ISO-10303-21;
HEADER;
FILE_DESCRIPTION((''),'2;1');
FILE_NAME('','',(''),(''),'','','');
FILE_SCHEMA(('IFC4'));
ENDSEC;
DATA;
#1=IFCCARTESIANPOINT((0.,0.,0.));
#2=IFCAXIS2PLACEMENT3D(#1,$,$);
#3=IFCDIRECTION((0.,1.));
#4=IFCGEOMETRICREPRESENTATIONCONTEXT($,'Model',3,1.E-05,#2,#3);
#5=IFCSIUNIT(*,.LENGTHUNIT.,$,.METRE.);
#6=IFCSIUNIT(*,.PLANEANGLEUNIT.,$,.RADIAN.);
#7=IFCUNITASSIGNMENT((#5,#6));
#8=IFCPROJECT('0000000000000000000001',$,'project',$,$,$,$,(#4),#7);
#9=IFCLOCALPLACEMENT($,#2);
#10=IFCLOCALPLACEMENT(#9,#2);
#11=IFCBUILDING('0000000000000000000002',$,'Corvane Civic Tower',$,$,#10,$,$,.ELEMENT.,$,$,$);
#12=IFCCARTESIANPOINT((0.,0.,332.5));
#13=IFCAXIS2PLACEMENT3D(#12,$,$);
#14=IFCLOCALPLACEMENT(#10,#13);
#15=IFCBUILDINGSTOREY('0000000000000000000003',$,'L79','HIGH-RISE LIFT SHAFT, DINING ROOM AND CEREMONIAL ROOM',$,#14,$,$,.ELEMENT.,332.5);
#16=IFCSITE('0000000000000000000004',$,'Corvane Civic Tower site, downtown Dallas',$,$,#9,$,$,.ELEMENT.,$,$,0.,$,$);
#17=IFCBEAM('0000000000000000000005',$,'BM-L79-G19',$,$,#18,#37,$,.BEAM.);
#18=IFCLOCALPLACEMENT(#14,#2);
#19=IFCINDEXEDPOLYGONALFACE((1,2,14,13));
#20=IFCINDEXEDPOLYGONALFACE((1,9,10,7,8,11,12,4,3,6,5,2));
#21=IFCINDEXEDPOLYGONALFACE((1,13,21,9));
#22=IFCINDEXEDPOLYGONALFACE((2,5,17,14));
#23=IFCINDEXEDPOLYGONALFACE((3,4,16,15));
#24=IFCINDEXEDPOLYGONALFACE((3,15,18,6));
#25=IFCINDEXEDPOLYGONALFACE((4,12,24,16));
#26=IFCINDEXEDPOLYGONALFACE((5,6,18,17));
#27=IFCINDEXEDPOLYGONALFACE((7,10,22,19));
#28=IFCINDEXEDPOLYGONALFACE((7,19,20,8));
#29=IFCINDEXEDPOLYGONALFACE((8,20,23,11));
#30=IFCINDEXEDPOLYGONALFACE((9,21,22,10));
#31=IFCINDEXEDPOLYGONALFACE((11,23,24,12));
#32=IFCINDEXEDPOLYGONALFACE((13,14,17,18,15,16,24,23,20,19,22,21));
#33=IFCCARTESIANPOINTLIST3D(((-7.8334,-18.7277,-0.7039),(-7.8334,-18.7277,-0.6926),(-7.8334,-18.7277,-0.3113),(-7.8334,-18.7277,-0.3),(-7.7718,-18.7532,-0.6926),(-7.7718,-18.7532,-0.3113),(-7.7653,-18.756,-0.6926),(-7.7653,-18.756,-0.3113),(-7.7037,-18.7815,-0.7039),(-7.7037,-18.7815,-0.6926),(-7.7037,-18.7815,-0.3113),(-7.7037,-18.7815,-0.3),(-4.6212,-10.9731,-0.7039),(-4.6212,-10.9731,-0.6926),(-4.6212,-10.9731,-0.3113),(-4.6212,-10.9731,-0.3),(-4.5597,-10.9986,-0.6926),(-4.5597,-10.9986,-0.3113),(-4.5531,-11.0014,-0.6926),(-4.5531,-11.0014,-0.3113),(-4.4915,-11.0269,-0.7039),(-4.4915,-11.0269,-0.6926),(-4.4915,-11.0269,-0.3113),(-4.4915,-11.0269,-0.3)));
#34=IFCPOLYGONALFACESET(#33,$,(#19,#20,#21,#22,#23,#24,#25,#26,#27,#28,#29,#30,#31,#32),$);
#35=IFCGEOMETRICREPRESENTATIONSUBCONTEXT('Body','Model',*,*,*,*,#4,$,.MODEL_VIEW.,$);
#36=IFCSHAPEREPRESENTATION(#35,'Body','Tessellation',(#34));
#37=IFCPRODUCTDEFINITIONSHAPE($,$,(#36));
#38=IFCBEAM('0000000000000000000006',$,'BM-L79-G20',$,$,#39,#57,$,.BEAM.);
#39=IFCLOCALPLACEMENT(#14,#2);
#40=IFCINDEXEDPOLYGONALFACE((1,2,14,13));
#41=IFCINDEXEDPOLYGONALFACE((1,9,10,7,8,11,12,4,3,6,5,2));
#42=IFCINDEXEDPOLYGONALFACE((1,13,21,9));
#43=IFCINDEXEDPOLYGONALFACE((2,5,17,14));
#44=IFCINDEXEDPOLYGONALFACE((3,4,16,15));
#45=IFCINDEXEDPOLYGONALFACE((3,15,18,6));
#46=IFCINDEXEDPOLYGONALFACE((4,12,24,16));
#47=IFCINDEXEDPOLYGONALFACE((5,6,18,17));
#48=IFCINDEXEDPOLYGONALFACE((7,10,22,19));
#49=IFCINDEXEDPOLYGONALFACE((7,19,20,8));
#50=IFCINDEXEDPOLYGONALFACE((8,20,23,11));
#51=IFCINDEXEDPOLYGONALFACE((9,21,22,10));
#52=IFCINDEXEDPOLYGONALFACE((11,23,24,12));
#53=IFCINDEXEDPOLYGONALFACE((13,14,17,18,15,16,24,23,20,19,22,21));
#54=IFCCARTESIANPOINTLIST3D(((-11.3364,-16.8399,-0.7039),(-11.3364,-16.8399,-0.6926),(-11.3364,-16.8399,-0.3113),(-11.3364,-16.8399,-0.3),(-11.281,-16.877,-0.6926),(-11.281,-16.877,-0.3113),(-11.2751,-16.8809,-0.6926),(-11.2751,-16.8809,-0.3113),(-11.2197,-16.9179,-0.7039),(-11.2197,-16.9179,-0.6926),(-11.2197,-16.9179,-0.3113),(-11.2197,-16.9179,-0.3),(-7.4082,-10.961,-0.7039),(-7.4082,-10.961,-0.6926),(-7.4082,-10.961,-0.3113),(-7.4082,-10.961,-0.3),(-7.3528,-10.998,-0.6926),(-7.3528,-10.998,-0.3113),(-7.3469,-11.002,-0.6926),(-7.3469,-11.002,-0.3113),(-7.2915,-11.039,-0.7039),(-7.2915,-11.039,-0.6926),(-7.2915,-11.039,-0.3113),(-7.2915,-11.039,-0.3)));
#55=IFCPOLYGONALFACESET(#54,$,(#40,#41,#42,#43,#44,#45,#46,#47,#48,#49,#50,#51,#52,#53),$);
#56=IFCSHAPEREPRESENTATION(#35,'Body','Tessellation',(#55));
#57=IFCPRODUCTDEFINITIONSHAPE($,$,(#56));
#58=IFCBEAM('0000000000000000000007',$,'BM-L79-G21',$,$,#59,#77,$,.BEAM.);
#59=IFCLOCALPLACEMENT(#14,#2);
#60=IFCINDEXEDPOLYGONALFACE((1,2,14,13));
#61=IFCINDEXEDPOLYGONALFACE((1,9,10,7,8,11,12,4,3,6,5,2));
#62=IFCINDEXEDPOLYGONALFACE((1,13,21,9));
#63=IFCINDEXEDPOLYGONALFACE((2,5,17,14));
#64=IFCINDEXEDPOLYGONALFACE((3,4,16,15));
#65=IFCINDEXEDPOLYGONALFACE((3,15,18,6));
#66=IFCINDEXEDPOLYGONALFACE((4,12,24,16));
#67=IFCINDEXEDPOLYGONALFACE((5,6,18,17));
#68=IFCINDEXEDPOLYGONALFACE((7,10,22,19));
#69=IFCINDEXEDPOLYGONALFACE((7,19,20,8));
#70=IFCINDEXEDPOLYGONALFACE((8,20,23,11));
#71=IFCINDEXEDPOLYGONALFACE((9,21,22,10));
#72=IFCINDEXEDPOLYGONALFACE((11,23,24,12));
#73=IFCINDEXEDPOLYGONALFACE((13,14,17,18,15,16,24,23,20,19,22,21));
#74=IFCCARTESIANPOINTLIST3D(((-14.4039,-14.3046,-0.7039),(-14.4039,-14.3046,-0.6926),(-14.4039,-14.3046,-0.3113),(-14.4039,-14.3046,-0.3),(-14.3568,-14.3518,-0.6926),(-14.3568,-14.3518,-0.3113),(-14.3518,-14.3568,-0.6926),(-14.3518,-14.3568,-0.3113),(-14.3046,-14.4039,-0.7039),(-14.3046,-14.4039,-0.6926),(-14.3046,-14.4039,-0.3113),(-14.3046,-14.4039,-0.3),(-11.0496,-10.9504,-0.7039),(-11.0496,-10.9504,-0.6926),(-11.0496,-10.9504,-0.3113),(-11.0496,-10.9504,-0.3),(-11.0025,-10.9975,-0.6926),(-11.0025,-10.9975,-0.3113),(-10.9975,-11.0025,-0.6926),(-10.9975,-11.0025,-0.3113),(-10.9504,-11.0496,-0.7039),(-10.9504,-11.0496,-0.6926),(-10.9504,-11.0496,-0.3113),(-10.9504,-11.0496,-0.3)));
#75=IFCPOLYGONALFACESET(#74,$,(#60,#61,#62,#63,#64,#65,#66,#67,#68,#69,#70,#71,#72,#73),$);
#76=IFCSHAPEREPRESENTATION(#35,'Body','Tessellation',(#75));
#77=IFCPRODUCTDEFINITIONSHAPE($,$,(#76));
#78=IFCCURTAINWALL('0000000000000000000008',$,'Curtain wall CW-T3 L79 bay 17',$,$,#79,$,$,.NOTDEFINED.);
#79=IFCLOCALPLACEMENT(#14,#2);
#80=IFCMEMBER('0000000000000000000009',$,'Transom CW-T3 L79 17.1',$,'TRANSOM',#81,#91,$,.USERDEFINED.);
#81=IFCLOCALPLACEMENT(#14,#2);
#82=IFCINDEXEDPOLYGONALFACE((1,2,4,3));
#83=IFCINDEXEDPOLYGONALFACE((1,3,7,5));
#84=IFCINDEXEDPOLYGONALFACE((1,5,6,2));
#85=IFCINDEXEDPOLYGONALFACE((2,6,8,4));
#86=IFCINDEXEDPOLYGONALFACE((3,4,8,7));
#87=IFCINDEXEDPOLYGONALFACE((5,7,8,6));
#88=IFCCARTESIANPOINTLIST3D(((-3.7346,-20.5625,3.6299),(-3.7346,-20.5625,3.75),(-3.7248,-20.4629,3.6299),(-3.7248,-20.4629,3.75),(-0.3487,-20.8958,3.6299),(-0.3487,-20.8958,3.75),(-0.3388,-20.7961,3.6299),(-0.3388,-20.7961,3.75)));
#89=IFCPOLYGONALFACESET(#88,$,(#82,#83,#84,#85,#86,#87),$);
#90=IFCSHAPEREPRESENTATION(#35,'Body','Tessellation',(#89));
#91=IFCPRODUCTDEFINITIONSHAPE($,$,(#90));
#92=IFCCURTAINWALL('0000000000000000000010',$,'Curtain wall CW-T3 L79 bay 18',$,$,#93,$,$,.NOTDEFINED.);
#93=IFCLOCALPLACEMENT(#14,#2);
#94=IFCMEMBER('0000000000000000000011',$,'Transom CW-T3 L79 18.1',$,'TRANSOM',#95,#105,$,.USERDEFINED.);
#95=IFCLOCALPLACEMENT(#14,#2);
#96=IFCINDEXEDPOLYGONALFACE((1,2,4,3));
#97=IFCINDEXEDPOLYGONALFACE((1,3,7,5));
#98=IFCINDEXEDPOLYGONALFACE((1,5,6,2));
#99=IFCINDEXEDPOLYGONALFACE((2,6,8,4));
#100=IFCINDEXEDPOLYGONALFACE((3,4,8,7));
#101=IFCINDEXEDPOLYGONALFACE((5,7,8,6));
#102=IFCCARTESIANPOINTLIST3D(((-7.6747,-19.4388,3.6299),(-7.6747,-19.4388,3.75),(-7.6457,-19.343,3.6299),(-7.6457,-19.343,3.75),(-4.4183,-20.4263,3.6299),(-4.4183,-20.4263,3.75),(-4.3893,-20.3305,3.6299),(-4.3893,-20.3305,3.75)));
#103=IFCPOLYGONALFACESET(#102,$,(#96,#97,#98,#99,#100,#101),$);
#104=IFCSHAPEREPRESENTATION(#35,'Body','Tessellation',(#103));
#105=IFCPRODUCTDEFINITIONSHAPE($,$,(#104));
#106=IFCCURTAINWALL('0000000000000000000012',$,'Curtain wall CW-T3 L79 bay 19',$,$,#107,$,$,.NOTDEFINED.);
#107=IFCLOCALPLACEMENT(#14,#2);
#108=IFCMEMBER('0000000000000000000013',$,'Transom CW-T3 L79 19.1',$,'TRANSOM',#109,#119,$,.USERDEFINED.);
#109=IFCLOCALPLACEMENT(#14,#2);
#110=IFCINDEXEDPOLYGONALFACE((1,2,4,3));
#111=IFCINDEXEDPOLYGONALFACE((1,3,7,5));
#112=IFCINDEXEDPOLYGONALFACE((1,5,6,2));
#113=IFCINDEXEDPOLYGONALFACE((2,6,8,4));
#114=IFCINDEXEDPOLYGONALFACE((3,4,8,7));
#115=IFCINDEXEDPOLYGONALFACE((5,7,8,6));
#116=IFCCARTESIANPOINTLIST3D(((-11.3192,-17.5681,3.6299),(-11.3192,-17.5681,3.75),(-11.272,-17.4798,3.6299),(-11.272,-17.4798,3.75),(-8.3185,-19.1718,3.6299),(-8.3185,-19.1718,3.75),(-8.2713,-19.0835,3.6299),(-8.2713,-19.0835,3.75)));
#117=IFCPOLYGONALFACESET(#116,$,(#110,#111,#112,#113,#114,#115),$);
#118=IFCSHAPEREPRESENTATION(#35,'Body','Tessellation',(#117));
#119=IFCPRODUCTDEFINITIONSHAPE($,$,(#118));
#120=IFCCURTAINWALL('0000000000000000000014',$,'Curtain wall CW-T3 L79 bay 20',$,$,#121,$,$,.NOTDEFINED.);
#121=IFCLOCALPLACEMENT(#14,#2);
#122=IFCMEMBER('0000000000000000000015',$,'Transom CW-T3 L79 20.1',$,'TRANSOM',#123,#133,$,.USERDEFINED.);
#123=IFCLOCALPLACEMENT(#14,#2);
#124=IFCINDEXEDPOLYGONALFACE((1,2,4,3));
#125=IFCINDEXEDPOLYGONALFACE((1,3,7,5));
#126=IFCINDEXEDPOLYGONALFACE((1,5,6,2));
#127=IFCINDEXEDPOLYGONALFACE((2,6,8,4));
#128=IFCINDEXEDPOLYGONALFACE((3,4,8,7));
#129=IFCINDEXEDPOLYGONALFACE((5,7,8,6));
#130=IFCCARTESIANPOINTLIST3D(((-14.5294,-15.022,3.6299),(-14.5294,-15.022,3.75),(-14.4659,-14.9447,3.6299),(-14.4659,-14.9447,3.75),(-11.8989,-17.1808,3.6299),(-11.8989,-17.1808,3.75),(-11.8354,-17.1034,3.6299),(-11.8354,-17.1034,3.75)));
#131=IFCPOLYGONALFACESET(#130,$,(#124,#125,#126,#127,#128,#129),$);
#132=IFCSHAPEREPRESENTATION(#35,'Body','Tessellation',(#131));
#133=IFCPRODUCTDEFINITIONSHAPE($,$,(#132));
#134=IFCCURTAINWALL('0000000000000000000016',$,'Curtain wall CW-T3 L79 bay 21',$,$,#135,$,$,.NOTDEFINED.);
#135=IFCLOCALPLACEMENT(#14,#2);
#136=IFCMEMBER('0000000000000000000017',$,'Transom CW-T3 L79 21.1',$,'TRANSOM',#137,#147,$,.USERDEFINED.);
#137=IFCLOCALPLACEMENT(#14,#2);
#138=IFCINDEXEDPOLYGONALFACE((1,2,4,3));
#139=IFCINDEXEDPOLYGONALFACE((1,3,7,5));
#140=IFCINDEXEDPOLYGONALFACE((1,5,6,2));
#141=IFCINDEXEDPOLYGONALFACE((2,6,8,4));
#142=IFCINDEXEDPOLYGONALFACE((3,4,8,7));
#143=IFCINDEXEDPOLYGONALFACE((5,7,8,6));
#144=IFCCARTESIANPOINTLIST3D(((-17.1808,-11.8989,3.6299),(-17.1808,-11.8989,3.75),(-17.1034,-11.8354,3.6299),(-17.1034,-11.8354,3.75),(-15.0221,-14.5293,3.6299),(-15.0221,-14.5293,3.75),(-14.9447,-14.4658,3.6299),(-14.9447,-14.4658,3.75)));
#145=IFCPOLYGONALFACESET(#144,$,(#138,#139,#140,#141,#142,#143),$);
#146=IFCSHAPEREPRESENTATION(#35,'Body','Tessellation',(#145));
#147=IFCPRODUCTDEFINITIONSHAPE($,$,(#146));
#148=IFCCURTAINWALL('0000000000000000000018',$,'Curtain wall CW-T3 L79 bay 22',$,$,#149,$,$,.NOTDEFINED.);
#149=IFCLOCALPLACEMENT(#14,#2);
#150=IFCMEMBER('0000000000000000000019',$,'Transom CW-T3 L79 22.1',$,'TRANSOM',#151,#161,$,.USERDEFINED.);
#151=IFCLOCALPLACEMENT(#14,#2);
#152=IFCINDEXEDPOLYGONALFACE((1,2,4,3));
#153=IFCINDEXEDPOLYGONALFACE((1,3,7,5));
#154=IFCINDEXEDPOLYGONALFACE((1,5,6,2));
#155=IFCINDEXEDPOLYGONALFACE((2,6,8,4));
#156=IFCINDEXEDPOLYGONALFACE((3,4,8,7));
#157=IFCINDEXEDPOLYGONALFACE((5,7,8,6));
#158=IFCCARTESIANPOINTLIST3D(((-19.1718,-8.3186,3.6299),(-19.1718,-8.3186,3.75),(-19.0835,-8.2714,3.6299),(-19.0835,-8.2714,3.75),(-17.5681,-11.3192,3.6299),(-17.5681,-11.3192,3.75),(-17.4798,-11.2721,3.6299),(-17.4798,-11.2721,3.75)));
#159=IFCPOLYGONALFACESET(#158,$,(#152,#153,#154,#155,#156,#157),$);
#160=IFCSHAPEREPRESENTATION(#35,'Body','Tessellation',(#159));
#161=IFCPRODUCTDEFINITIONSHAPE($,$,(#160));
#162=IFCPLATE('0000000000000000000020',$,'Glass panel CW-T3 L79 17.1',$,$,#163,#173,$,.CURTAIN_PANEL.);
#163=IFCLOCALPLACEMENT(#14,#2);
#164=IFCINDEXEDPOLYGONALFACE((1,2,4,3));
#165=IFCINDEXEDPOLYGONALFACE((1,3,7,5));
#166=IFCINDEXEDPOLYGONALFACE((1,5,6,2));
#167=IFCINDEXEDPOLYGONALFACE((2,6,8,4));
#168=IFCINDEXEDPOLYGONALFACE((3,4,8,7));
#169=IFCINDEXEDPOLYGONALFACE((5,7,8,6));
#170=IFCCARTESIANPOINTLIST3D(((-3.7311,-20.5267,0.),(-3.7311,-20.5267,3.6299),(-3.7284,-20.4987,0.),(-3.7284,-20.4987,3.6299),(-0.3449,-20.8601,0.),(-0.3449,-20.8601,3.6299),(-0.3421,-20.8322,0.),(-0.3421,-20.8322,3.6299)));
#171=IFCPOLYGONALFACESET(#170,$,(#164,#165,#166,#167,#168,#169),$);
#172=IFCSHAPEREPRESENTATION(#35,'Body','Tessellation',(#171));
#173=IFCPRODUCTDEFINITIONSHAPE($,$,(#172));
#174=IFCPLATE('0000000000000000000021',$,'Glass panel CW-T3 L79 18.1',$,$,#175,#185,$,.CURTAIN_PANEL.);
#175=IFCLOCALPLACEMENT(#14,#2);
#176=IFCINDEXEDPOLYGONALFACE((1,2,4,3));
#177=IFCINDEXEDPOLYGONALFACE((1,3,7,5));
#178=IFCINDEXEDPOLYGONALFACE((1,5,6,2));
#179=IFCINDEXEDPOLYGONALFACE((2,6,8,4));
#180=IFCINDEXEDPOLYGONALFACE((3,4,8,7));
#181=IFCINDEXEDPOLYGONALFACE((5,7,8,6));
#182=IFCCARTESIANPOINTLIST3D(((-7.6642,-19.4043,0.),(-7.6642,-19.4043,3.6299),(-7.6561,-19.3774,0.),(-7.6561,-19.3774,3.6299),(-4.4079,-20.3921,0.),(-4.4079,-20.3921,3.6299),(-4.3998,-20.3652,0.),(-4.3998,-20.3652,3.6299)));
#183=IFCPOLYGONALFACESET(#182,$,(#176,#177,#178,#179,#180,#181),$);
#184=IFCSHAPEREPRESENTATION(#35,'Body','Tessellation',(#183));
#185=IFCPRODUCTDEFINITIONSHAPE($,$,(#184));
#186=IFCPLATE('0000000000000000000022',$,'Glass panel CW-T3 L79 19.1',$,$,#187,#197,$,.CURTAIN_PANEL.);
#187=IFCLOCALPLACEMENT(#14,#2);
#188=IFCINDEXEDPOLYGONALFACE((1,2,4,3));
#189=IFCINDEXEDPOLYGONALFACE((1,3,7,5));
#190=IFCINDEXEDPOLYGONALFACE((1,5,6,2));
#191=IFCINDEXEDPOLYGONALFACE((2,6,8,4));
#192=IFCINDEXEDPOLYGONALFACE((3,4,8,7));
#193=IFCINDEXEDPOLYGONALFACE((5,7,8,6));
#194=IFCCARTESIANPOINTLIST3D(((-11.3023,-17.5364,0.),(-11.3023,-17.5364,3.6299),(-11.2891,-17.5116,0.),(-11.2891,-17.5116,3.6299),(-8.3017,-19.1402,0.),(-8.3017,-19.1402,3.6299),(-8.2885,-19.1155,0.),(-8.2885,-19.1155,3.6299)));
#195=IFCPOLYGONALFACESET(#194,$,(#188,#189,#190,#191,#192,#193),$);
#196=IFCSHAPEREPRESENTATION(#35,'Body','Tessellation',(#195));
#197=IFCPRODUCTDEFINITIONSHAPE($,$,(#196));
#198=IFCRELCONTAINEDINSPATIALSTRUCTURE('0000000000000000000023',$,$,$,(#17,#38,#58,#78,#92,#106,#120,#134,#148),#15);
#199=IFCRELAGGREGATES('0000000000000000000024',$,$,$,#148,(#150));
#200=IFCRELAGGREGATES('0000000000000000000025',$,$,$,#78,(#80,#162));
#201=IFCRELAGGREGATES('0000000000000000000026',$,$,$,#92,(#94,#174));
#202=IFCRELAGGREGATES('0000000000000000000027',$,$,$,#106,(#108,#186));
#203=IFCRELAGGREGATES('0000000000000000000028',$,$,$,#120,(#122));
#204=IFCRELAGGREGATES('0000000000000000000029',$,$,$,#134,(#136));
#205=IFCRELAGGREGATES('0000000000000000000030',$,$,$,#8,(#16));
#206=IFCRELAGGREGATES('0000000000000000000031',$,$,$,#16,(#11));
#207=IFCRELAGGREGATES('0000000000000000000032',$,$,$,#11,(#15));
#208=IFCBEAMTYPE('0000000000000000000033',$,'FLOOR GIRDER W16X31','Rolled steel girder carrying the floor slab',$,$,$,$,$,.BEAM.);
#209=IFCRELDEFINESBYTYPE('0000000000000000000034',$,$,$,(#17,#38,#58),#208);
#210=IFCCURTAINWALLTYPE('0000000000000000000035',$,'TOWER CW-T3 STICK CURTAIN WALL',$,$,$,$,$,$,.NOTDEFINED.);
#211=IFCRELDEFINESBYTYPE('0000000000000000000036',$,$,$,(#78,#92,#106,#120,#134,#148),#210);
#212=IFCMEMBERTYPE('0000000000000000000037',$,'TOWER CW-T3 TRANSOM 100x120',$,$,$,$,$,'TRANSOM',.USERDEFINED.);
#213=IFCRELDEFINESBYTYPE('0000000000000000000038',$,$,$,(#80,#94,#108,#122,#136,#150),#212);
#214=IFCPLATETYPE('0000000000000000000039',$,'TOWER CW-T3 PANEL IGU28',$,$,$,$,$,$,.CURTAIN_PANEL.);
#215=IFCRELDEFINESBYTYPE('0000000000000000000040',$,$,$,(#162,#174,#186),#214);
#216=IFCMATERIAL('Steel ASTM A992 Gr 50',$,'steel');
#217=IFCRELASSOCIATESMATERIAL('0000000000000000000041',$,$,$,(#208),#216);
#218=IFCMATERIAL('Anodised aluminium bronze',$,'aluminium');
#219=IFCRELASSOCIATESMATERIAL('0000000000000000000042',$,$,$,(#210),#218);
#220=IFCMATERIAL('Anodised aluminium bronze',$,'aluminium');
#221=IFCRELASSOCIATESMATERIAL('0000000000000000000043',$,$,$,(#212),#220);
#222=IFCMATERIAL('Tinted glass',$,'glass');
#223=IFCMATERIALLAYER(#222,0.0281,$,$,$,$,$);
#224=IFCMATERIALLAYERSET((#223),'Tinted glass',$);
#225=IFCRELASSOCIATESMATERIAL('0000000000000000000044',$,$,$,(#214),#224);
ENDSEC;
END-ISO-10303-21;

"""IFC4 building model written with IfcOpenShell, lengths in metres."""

from ifc_helpers import new_model, si_unit, direction, frame, origin, origin_2d, place, context, subcontext, project, spatial, rectangle, i_section, extrude, material, layer, layer_set, material_profile, profile_set, type_object, element, aggregate, save


model = new_model("IFC4")

# Units and contexts
model_context = context("Model", 3, precision=1e-05, world=origin(), true_north=direction((0.0, 1.0)))
body_context = subcontext(model_context, "Body", "Model", "MODEL_VIEW")
ifc_project = project(units=[si_unit("LENGTHUNIT", "METRE"), si_unit("PLANEANGLEUNIT", "RADIAN")], contexts=[model_context])

# Site, building, storey
site_placement = place(None, origin())
site = spatial("IfcSite", under=ifc_project, at=site_placement, Name="Corvane Civic Tower site, downtown Dallas", CompositionType="ELEMENT", RefElevation=0.0)
building_placement = place(site_placement, origin())
building = spatial("IfcBuilding", under=site, at=building_placement, Name="Corvane Civic Tower", CompositionType="ELEMENT")
storey_placement = place(building_placement, frame((0.0, 0.0, 332.5)))
storey = spatial("IfcBuildingStorey", under=building, at=storey_placement, Name="L79", Description="HIGH-RISE LIFT SHAFT, DINING ROOM AND CEREMONIAL ROOM", CompositionType="ELEMENT", Elevation=332.5)

# Beams
ifc_material_1 = material(Name="Steel ASTM A992 Gr 50", Category="steel")
ifc_material_profile_1 = material_profile(ifc_material_1, i_section(OverallWidth=0.1404, OverallDepth=0.4038, WebThickness=0.0071, FlangeThickness=0.0112, at=origin_2d()), Name="W16X31")
ifc_profile_set_1 = profile_set([ifc_material_profile_1], Name="Steel ASTM A992 Gr 50")
beam_type_1 = type_object("IfcBeamType", Name="FLOOR GIRDER W16X31", Description="Rolled steel girder carrying the floor slab", PredefinedType="BEAM", material=ifc_profile_set_1)
beam_1_placement = place(storey_placement, frame((-4.5564, -11.0, -0.502), z_axis=(-0.382692, -0.923876, 0.0), x_axis=(0.923876, -0.382692, 0.0)))
element("IfcBeam", 1, at=beam_1_placement, inside=storey, type_object=beam_type_1, Name="BM-L79-G19", PredefinedType="BEAM", context=body_context, shape_type="SweptSolid", body=[
    extrude(i_section(OverallWidth=0.1404, OverallDepth=0.4038, WebThickness=0.0071, FlangeThickness=0.0112, at=origin_2d()), origin(), (0.0, 0.0, 1.0), 8.3936),
])
beam_2_placement = place(storey_placement, frame((-7.3499, -11.0, -0.502), z_axis=(-0.555576, -0.831465, 0.0), x_axis=(0.831465, -0.555576, 0.0)))
element("IfcBeam", 2, at=beam_2_placement, inside=storey, type_object=beam_type_1, Name="BM-L79-G20", PredefinedType="BEAM", context=body_context, shape_type="SweptSolid", body=[
    extrude(i_section(OverallWidth=0.1404, OverallDepth=0.4038, WebThickness=0.0071, FlangeThickness=0.0112, at=origin_2d()), origin(), (0.0, 0.0, 1.0), 7.0706),
])
beam_3_placement = place(storey_placement, frame((-11.0, -11.0, -0.502), z_axis=(-0.707107, -0.707107, 0.0), x_axis=(0.707107, -0.707107, 0.0)))
element("IfcBeam", 3, at=beam_3_placement, inside=storey, type_object=beam_type_1, Name="BM-L79-G21", PredefinedType="BEAM", context=body_context, shape_type="SweptSolid", body=[
    extrude(i_section(OverallWidth=0.1404, OverallDepth=0.4038, WebThickness=0.0071, FlangeThickness=0.0112, at=origin_2d()), origin(), (0.0, 0.0, 1.0), 4.7437),
])

# Curtain walls, members
ifc_material_2 = material(Name="Anodised aluminium bronze", Category="aluminium")
curtain_wall_type = type_object("IfcCurtainWallType", Name="TOWER CW-T3 STICK CURTAIN WALL", PredefinedType="NOTDEFINED", material=ifc_material_2)
curtain_wall_1_placement = place(storey_placement, origin())
curtain_wall_1 = element("IfcCurtainWall", 4, at=curtain_wall_1_placement, inside=storey, type_object=curtain_wall_type, Name="Curtain wall CW-T3 L79 bay 17", PredefinedType="NOTDEFINED")
ifc_material_3 = material(Name="Anodised aluminium bronze", Category="aluminium")
ifc_material_profile_2 = material_profile(ifc_material_3, rectangle(XDim=0.1001, YDim=0.1201, at=origin_2d()), Name="TOWER CW-T3 TRANSOM 100x120")
ifc_profile_set_2 = profile_set([ifc_material_profile_2], Name="Anodised aluminium bronze")
member_type = type_object("IfcMemberType", Name="TOWER CW-T3 TRANSOM 100x120", ElementType="TRANSOM", PredefinedType="USERDEFINED", material=ifc_profile_set_2)
member_1_placement = place(storey_placement, frame((-0.3438, -20.8459, 3.6899), z_axis=(-0.995192, 0.097948, 0.0), x_axis=(-0.097948, -0.995192, 0.0)))
member_1 = element("IfcMember", 5, at=member_1_placement, type_object=member_type, Name="Transom CW-T3 L79 17.1", ObjectType="TRANSOM", PredefinedType="USERDEFINED", context=body_context, shape_type="SweptSolid", body=[
    extrude(rectangle(XDim=0.1001, YDim=0.1201, at=origin_2d()), origin(), (0.0, 0.0, 1.0), 3.4023),
])
curtain_wall_2_placement = place(storey_placement, origin())
curtain_wall_2 = element("IfcCurtainWall", 6, at=curtain_wall_2_placement, inside=storey, type_object=curtain_wall_type, Name="Curtain wall CW-T3 L79 bay 18", PredefinedType="NOTDEFINED")
member_2_placement = place(storey_placement, frame((-4.4038, -20.3784, 3.6899), z_axis=(-0.956961, 0.290216, 0.0), x_axis=(-0.290216, -0.956961, 0.0)))
member_2 = element("IfcMember", 7, at=member_2_placement, type_object=member_type, Name="Transom CW-T3 L79 18.1", ObjectType="TRANSOM", PredefinedType="USERDEFINED", context=body_context, shape_type="SweptSolid", body=[
    extrude(rectangle(XDim=0.1001, YDim=0.1201, at=origin_2d()), origin(), (0.0, 0.0, 1.0), 3.4028),
])
curtain_wall_3_placement = place(storey_placement, origin())
curtain_wall_3 = element("IfcCurtainWall", 8, at=curtain_wall_3_placement, inside=storey, type_object=curtain_wall_type, Name="Curtain wall CW-T3 L79 bay 19", PredefinedType="NOTDEFINED")
member_3_placement = place(storey_placement, frame((-8.2949, -19.1277, 3.6899), z_axis=(-0.881941, 0.471359, 0.0), x_axis=(-0.471359, -0.881941, 0.0)))
member_3 = element("IfcMember", 9, at=member_3_placement, type_object=member_type, Name="Transom CW-T3 L79 19.1", ObjectType="TRANSOM", PredefinedType="USERDEFINED", context=body_context, shape_type="SweptSolid", body=[
    extrude(rectangle(XDim=0.1001, YDim=0.1201, at=origin_2d()), origin(), (0.0, 0.0, 1.0), 3.4023),
])
curtain_wall_4_placement = place(storey_placement, origin())
curtain_wall_4 = element("IfcCurtainWall", 10, at=curtain_wall_4_placement, inside=storey, type_object=curtain_wall_type, Name="Curtain wall CW-T3 L79 bay 20", PredefinedType="NOTDEFINED")
member_4_placement = place(storey_placement, frame((-11.8672, -17.1421, 3.6899), z_axis=(-0.77301, 0.634394, 0.0), x_axis=(-0.634394, -0.77301, 0.0)))
member_4 = element("IfcMember", 11, at=member_4_placement, type_object=member_type, Name="Transom CW-T3 L79 20.1", ObjectType="TRANSOM", PredefinedType="USERDEFINED", context=body_context, shape_type="SweptSolid", body=[
    extrude(rectangle(XDim=0.1001, YDim=0.1201, at=origin_2d()), origin(), (0.0, 0.0, 1.0), 3.4028),
])
curtain_wall_5_placement = place(storey_placement, origin())
curtain_wall_5 = element("IfcCurtainWall", 12, at=curtain_wall_5_placement, inside=storey, type_object=curtain_wall_type, Name="Curtain wall CW-T3 L79 bay 21", PredefinedType="NOTDEFINED")
member_5_placement = place(storey_placement, frame((-14.9834, -14.4976, 3.6899), z_axis=(-0.634394, 0.77301, 0.0), x_axis=(-0.77301, -0.634394, 0.0)))
member_5 = element("IfcMember", 13, at=member_5_placement, type_object=member_type, Name="Transom CW-T3 L79 21.1", ObjectType="TRANSOM", PredefinedType="USERDEFINED", context=body_context, shape_type="SweptSolid", body=[
    extrude(rectangle(XDim=0.1001, YDim=0.1201, at=origin_2d()), origin(), (0.0, 0.0, 1.0), 3.4028),
])
curtain_wall_6_placement = place(storey_placement, origin())
curtain_wall_6 = element("IfcCurtainWall", 14, at=curtain_wall_6_placement, inside=storey, type_object=curtain_wall_type, Name="Curtain wall CW-T3 L79 bay 22", PredefinedType="NOTDEFINED")
member_6_placement = place(storey_placement, frame((-17.5239, -11.2957, 3.6899), z_axis=(-0.471359, 0.881941, 0.0), x_axis=(-0.881941, -0.471359, 0.0)))
member_6 = element("IfcMember", 15, at=member_6_placement, type_object=member_type, Name="Transom CW-T3 L79 22.1", ObjectType="TRANSOM", PredefinedType="USERDEFINED", context=body_context, shape_type="SweptSolid", body=[
    extrude(rectangle(XDim=0.1001, YDim=0.1201, at=origin_2d()), origin(), (0.0, 0.0, 1.0), 3.4023),
])
aggregate(curtain_wall_6, [member_6])

# Plates
ifc_material_4 = material(Name="Tinted glass", Category="glass")
ifc_layer_1 = layer(ifc_material_4, 0.0281)
ifc_layer_set_1 = layer_set([ifc_layer_1], Name="Tinted glass")
plate_type = type_object("IfcPlateType", Name="TOWER CW-T3 PANEL IGU28", PredefinedType="CURTAIN_PANEL", material=ifc_layer_set_1)
plate_1_placement = place(storey_placement, frame((-2.0366, -20.6794, 0.0), z_axis=(0.0, 0.0, 1.0), x_axis=(-0.995187, 0.097998, 0.0)))
plate_1 = element("IfcPlate", 16, at=plate_1_placement, type_object=plate_type, Name="Glass panel CW-T3 L79 17.1", PredefinedType="CURTAIN_PANEL", context=body_context, shape_type="SweptSolid", body=[
    extrude(rectangle(XDim=3.4026, YDim=0.0281, at=origin_2d()), origin(), (0.0, 0.0, 1.0), 3.6299),
])
aggregate(curtain_wall_1, [member_1, plate_1])
plate_2_placement = place(storey_placement, frame((-6.032, -19.8848, 0.0), z_axis=(0.0, 0.0, 1.0), x_axis=(-0.956939, 0.29029, 0.0)))
plate_2 = element("IfcPlate", 17, at=plate_2_placement, type_object=plate_type, Name="Glass panel CW-T3 L79 18.1", PredefinedType="CURTAIN_PANEL", context=body_context, shape_type="SweptSolid", body=[
    extrude(rectangle(XDim=3.4028, YDim=0.0281, at=origin_2d()), origin(), (0.0, 0.0, 1.0), 3.6299),
])
aggregate(curtain_wall_2, [member_2, plate_2])
plate_3_placement = place(storey_placement, frame((-9.7954, -18.3259, 0.0), z_axis=(0.0, 0.0, 1.0), x_axis=(-0.881928, 0.471384, 0.0)))
plate_3 = element("IfcPlate", 18, at=plate_3_placement, type_object=plate_type, Name="Glass panel CW-T3 L79 19.1", PredefinedType="CURTAIN_PANEL", context=body_context, shape_type="SweptSolid", body=[
    extrude(rectangle(XDim=3.4023, YDim=0.0281, at=origin_2d()), origin(), (0.0, 0.0, 1.0), 3.6299),
])
aggregate(curtain_wall_3, [member_3, plate_3])
aggregate(curtain_wall_4, [member_4])
aggregate(curtain_wall_5, [member_5])

save(model, "model.ifc")
